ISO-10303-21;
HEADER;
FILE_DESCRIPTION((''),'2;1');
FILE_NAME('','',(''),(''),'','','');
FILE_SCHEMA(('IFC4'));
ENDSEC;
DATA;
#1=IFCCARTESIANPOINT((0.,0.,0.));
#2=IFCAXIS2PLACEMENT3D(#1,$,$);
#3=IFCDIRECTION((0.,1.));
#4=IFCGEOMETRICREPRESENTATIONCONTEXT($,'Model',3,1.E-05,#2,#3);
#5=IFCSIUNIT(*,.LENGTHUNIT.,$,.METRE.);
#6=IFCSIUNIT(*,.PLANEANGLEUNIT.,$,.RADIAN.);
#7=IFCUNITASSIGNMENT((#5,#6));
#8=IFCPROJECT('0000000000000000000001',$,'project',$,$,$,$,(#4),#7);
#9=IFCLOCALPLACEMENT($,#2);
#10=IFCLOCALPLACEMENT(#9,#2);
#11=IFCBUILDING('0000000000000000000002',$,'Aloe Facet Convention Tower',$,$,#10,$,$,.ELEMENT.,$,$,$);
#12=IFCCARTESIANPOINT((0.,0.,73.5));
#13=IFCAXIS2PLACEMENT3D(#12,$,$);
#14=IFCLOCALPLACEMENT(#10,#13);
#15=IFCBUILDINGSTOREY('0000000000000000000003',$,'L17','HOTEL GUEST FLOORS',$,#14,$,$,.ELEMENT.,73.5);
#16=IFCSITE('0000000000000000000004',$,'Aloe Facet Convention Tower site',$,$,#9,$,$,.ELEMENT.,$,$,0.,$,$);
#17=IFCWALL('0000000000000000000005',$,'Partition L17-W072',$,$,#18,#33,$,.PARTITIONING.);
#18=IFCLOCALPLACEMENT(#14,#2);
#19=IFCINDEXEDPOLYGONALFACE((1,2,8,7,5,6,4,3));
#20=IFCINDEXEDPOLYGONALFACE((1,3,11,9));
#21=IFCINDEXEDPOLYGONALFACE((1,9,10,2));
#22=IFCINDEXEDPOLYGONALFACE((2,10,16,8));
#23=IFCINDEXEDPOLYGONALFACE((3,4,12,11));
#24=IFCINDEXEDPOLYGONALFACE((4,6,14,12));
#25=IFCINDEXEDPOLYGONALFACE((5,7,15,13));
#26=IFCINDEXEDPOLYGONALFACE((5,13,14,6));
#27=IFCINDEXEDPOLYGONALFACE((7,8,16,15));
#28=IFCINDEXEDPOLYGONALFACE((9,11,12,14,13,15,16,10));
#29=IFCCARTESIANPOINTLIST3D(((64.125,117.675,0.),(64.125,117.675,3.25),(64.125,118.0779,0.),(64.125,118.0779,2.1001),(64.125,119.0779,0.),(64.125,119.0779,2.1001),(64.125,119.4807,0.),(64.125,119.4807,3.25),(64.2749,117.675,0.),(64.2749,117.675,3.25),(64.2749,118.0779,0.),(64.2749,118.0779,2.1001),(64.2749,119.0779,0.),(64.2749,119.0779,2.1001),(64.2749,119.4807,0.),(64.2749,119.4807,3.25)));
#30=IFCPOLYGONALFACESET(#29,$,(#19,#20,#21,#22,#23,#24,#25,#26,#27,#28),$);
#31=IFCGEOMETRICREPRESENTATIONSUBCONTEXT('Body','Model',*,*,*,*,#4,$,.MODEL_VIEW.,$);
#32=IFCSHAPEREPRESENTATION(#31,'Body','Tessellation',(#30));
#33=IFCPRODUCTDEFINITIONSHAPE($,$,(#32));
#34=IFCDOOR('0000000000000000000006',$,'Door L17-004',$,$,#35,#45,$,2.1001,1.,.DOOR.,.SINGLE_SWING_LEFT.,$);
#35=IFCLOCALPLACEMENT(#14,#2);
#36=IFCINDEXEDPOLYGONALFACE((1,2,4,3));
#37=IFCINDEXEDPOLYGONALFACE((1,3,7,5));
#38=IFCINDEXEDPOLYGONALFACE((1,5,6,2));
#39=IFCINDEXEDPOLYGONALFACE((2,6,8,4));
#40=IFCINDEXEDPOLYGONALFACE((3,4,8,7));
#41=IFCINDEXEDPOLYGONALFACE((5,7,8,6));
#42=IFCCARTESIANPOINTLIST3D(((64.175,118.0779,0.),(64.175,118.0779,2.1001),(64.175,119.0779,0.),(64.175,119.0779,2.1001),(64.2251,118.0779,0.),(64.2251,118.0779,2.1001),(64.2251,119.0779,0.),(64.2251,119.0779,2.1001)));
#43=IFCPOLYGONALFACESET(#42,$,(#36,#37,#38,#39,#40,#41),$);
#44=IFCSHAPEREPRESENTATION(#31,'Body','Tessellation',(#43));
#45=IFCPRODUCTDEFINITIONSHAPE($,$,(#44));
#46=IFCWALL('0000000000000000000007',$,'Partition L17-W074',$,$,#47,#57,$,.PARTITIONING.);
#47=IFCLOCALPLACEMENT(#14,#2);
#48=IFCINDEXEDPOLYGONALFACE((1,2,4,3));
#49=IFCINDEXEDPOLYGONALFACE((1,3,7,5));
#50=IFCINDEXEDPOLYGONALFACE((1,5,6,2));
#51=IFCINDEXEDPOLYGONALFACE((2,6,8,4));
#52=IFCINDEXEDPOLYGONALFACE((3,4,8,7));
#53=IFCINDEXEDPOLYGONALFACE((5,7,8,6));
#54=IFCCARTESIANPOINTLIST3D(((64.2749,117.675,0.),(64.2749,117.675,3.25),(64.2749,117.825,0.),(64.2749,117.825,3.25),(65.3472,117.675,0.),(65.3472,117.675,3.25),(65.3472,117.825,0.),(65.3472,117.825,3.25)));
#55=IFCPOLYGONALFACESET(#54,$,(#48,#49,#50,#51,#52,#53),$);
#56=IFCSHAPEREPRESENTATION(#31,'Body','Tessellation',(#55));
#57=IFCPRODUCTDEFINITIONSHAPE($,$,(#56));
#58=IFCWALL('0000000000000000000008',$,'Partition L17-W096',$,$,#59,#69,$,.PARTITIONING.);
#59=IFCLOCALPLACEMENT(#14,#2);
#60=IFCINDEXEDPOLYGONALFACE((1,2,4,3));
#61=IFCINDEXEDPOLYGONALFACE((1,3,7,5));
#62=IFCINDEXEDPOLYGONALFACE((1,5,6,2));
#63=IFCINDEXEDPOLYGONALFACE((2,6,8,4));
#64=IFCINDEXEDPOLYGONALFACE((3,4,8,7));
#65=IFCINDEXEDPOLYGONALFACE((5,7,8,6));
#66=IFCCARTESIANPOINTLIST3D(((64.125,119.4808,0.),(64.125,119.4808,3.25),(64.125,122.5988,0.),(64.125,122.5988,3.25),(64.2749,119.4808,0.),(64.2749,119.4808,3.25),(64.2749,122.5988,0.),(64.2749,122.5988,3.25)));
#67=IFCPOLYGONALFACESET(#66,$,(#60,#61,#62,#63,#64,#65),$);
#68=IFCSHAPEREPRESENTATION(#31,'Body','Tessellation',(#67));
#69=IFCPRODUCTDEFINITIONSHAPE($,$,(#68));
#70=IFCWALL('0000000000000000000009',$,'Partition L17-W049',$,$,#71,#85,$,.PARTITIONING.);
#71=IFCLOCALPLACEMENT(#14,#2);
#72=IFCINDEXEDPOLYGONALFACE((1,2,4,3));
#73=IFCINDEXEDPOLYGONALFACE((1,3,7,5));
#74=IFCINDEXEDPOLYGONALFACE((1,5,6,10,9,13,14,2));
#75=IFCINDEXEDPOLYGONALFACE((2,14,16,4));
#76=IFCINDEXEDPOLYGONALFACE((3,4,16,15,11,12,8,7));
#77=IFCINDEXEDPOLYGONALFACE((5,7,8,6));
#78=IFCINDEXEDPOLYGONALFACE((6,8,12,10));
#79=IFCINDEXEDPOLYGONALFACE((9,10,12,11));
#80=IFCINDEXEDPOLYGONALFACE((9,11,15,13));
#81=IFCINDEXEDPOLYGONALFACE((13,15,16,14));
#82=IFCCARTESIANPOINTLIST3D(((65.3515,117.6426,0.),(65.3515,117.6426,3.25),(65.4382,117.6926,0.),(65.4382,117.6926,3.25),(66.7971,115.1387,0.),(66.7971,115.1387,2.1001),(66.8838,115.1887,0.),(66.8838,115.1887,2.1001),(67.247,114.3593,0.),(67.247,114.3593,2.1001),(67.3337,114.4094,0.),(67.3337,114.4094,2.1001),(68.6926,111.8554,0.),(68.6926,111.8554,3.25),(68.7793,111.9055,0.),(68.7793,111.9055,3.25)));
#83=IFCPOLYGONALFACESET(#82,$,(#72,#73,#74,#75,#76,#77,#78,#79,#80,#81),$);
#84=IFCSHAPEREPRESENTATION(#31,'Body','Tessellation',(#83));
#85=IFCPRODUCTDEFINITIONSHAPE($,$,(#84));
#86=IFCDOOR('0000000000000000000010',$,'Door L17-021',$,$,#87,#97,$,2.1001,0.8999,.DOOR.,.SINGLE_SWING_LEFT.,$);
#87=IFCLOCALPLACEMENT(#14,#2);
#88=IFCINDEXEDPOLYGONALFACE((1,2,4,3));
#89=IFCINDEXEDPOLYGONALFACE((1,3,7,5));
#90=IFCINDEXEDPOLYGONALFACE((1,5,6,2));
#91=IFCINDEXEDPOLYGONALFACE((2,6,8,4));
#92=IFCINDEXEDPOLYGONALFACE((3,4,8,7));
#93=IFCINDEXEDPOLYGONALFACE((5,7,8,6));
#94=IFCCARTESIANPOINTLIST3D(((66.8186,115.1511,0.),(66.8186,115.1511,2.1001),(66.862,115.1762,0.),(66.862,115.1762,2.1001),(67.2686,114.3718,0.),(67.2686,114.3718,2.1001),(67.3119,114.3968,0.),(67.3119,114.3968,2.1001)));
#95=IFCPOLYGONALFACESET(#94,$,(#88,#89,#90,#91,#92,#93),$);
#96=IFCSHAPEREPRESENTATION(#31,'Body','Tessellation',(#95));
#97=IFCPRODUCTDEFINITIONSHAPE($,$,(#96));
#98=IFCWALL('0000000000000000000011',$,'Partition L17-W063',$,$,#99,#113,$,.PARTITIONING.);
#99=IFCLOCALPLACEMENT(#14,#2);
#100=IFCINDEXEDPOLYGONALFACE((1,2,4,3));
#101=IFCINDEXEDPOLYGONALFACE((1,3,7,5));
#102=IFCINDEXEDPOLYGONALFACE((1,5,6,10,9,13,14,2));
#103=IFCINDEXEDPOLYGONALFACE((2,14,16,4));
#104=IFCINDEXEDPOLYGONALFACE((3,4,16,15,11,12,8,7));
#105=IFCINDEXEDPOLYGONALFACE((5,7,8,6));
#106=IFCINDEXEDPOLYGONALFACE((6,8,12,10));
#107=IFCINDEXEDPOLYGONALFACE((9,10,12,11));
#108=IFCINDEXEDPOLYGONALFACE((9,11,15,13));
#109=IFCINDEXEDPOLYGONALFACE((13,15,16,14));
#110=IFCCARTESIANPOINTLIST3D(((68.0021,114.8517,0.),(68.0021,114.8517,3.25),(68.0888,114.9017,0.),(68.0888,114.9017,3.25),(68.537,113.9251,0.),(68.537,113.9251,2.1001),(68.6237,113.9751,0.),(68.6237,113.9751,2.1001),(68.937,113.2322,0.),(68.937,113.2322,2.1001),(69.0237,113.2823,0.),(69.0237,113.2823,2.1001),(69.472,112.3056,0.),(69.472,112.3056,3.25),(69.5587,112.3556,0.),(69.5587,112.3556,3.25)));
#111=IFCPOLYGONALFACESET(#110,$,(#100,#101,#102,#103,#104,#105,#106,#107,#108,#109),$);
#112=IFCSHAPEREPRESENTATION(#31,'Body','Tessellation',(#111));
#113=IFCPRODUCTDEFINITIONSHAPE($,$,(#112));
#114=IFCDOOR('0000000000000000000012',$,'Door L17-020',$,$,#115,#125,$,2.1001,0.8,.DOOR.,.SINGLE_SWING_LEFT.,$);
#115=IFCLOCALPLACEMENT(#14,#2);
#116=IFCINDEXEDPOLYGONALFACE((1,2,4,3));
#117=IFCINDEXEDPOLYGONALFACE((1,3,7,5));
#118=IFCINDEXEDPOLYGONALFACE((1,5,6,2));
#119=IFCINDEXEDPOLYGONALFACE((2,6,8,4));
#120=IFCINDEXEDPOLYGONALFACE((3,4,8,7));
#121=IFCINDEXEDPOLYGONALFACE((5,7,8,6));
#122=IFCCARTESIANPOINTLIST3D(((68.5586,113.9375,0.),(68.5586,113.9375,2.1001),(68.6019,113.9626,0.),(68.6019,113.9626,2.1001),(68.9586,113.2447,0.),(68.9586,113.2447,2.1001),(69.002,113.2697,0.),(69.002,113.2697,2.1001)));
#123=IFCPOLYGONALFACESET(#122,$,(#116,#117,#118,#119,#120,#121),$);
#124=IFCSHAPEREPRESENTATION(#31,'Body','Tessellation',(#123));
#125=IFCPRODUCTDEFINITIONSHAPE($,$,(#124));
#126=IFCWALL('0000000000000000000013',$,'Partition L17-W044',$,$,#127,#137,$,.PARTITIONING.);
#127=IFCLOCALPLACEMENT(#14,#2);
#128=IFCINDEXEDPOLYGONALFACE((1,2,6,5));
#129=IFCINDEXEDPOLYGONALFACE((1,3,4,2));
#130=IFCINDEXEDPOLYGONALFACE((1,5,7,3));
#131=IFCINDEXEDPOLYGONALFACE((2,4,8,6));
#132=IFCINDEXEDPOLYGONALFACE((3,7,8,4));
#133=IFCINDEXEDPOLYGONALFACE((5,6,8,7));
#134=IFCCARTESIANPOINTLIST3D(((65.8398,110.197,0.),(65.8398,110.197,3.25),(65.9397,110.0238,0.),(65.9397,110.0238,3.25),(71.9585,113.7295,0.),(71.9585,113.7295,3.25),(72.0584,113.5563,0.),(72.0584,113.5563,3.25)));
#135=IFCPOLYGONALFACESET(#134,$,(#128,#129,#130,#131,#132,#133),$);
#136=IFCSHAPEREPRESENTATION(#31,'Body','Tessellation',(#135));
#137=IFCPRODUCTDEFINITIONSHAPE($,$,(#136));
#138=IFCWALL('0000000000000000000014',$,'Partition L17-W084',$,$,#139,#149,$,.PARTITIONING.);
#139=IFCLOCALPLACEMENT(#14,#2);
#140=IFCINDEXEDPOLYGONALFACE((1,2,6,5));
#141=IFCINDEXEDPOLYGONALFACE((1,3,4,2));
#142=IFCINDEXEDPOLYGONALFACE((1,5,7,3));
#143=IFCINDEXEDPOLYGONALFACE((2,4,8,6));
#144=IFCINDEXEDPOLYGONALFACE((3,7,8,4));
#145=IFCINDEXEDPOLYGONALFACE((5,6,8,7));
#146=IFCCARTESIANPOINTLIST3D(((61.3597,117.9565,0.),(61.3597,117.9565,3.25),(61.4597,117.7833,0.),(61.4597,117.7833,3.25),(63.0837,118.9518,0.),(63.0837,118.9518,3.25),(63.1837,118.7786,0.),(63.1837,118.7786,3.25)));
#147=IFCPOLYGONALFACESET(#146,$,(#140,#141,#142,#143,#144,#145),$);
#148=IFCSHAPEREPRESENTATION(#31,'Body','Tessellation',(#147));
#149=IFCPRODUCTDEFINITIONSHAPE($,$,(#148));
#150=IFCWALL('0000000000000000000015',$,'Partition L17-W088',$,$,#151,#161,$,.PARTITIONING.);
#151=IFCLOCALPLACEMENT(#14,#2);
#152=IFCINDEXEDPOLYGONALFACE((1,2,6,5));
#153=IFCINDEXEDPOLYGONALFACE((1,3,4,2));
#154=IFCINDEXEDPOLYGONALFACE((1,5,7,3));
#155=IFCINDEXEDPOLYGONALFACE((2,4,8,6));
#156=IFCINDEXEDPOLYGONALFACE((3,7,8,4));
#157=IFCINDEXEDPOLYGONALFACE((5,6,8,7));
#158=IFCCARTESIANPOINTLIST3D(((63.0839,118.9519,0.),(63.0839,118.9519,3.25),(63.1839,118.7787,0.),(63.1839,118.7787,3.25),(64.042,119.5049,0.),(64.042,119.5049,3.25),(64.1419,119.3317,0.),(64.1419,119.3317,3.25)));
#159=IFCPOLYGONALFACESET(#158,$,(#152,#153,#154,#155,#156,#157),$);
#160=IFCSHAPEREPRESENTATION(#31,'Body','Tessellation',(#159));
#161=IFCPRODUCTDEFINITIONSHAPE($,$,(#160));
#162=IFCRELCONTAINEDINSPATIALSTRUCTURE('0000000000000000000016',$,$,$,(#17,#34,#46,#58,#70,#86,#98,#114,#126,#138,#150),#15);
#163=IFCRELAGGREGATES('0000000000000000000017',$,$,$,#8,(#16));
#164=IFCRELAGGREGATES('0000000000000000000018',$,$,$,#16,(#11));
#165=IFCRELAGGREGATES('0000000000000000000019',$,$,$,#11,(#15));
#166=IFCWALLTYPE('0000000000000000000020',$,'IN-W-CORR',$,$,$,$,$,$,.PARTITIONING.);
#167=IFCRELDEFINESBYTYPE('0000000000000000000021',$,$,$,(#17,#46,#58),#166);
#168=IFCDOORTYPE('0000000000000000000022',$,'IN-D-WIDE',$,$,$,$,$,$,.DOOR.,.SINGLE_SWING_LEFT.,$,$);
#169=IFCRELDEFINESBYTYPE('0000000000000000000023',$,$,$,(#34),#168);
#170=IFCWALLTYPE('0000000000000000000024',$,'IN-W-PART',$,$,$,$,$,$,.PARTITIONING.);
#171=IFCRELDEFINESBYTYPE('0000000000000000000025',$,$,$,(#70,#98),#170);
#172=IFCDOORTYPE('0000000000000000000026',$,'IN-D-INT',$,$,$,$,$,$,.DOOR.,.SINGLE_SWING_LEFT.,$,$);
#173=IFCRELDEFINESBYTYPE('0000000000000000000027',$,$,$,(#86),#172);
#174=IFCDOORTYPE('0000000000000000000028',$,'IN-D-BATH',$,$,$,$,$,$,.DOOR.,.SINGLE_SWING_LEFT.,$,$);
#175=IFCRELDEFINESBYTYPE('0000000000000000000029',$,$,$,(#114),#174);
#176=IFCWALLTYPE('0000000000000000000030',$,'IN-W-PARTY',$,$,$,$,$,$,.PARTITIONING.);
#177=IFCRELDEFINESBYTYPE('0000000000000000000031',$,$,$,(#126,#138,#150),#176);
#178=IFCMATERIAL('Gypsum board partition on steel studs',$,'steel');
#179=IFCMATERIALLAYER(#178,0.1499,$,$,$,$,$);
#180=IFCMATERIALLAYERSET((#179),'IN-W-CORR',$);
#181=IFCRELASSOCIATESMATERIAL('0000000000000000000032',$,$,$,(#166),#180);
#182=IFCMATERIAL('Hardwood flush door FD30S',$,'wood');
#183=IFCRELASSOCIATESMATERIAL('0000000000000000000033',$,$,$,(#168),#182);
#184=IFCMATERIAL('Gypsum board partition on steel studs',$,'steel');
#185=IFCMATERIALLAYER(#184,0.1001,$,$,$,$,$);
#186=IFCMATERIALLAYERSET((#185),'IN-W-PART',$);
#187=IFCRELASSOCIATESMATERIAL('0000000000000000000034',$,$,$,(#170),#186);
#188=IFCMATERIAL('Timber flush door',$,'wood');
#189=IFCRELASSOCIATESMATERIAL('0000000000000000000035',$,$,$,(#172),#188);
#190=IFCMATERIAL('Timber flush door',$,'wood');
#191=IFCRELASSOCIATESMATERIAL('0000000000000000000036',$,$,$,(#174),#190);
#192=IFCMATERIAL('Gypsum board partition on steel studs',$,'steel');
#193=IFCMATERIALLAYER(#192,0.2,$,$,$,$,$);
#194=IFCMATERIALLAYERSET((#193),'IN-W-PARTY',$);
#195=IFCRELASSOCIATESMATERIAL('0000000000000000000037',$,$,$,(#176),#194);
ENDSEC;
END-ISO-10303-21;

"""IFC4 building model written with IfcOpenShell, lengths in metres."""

from ifc_helpers import new_model, si_unit, direction, frame, frame_2d, origin, place, context, subcontext, project, spatial, rectangle, extrude, material, layer, layer_set, type_object, element, fill, save


model = new_model("IFC4")

# Units and contexts
model_context = context("Model", 3, precision=1e-05, world=origin(), true_north=direction((0.0, 1.0)))
body_context = subcontext(model_context, "Body", "Model", "MODEL_VIEW")
ifc_project = project(units=[si_unit("LENGTHUNIT", "METRE"), si_unit("PLANEANGLEUNIT", "RADIAN")], contexts=[model_context])

# Site, building, storey
site_placement = place(None, origin())
site = spatial("IfcSite", under=ifc_project, at=site_placement, Name="Aloe Facet Convention Tower site", CompositionType="ELEMENT", RefElevation=0.0)
building_placement = place(site_placement, origin())
building = spatial("IfcBuilding", under=site, at=building_placement, Name="Aloe Facet Convention Tower", CompositionType="ELEMENT")
storey_placement = place(building_placement, frame((0.0, 0.0, 73.5)))
storey = spatial("IfcBuildingStorey", under=building, at=storey_placement, Name="L17", Description="HOTEL GUEST FLOORS", CompositionType="ELEMENT", Elevation=73.5)

# Wall, opening, door
ifc_material_1 = material(Name="Gypsum board partition on steel studs", Category="steel")
ifc_layer_1 = layer(ifc_material_1, 0.1499)
ifc_layer_set_1 = layer_set([ifc_layer_1], Name="IN-W-CORR")
wall_type_1 = type_object("IfcWallType", Name="IN-W-CORR", PredefinedType="PARTITIONING", material=ifc_layer_set_1)
wall_1_placement = place(storey_placement, frame((64.2, 117.675, 0.0), z_axis=(0.0, 0.0, 1.0), x_axis=(0.0, 1.0, 0.0)))
wall_1 = element("IfcWall", 1, at=wall_1_placement, inside=storey, type_object=wall_type_1, Name="Partition L17-W072", PredefinedType="PARTITIONING", context=body_context, shape_type="SweptSolid", body=[
    extrude(rectangle(XDim=1.8057, YDim=0.1499, at=frame_2d((0.9028, 0.0))), origin(), (0.0, 0.0, 1.0), 3.25),
])
opening_1_placement = place(wall_1_placement, frame((0.4028, 0.0, 0.0)))
opening_1 = element("IfcOpeningElement", 2, at=opening_1_placement, cuts=wall_1, PredefinedType="OPENING", context=body_context, shape_type="SweptSolid", body=[
    extrude(rectangle(XDim=1.0, YDim=2.1001, at=frame_2d((0.5, 1.05))), frame((0.0, 0.085, 0.0), z_axis=(0.0, -1.0, 0.0), x_axis=(1.0, 0.0, 0.0)), (0.0, 0.0, 1.0), 0.1699),
])
ifc_material_2 = material(Name="Hardwood flush door FD30S", Category="wood")
door_type_1 = type_object("IfcDoorType", Name="IN-D-WIDE", OperationType="SINGLE_SWING_LEFT", PredefinedType="DOOR", material=ifc_material_2)
door_1_placement = place(opening_1_placement, origin())
door_1 = element("IfcDoor", 3, at=door_1_placement, inside=storey, type_object=door_type_1, Name="Door L17-004", OperationType="SINGLE_SWING_LEFT", OverallHeight=2.1001, OverallWidth=1.0, PredefinedType="DOOR", context=body_context, shape_type="SweptSolid", body=[
    extrude(rectangle(XDim=1.0, YDim=2.1001, at=frame_2d((0.5, 1.05))), frame((0.0, 0.0249, 0.0), z_axis=(0.0, -1.0, 0.0), x_axis=(1.0, 0.0, 0.0)), (0.0, 0.0, 1.0), 0.05),
])
fill(opening_1, door_1)

# Walls
wall_2_placement = place(storey_placement, frame((64.2749, 117.75, 0.0), z_axis=(0.0, 0.0, 1.0), x_axis=(1.0, 0.0, 0.0)))
element("IfcWall", 4, at=wall_2_placement, inside=storey, type_object=wall_type_1, Name="Partition L17-W074", PredefinedType="PARTITIONING", context=body_context, shape_type="SweptSolid", body=[
    extrude(rectangle(XDim=1.0723, YDim=0.1499, at=frame_2d((0.5361, 0.0))), origin(), (0.0, 0.0, 1.0), 3.25),
])
wall_3_placement = place(storey_placement, frame((64.2, 119.4807, 0.0), z_axis=(0.0, 0.0, 1.0), x_axis=(0.0, 1.0, 0.0)))
element("IfcWall", 5, at=wall_3_placement, inside=storey, type_object=wall_type_1, Name="Partition L17-W096", PredefinedType="PARTITIONING", context=body_context, shape_type="SweptSolid", body=[
    extrude(rectangle(XDim=3.1179, YDim=0.1499, at=frame_2d((1.5591, 0.0))), origin(), (0.0, 0.0, 1.0), 3.25),
])

# Walls, openings, doors
ifc_material_3 = material(Name="Gypsum board partition on steel studs", Category="steel")
ifc_layer_2 = layer(ifc_material_3, 0.1001)
ifc_layer_set_2 = layer_set([ifc_layer_2], Name="IN-W-PART")
wall_type_2 = type_object("IfcWallType", Name="IN-W-PART", PredefinedType="PARTITIONING", material=ifc_layer_set_2)
wall_4_placement = place(storey_placement, frame((65.3948, 117.6677, 0.0), z_axis=(0.0, 0.0, 1.0), x_axis=(0.499986, -0.866033, 0.0)))
wall_4 = element("IfcWall", 6, at=wall_4_placement, inside=storey, type_object=wall_type_2, Name="Partition L17-W049", PredefinedType="PARTITIONING", context=body_context, shape_type="SweptSolid", body=[
    extrude(rectangle(XDim=6.6824, YDim=0.1001, at=frame_2d((3.3413, 0.0))), origin(), (0.0, 0.0, 1.0), 3.25),
])
opening_2_placement = place(wall_4_placement, frame((2.8914, 0.0, 0.0)))
opening_2 = element("IfcOpeningElement", 7, at=opening_2_placement, cuts=wall_4, PredefinedType="OPENING", context=body_context, shape_type="SweptSolid", body=[
    extrude(rectangle(XDim=0.8999, YDim=2.1001, at=frame_2d((0.45, 1.05))), frame((0.0, 0.0601, 0.0), z_axis=(0.0, -1.0, 0.0), x_axis=(1.0, 0.0, 0.0)), (0.0, 0.0, 1.0), 0.1201),
])
ifc_material_4 = material(Name="Timber flush door", Category="wood")
door_type_2 = type_object("IfcDoorType", Name="IN-D-INT", OperationType="SINGLE_SWING_LEFT", PredefinedType="DOOR", material=ifc_material_4)
door_2_placement = place(opening_2_placement, origin())
door_2 = element("IfcDoor", 8, at=door_2_placement, inside=storey, type_object=door_type_2, Name="Door L17-021", OperationType="SINGLE_SWING_LEFT", OverallHeight=2.1001, OverallWidth=0.8999, PredefinedType="DOOR", context=body_context, shape_type="SweptSolid", body=[
    extrude(rectangle(XDim=0.8999, YDim=2.1001, at=frame_2d((0.45, 1.05))), frame((0.0, 0.0249, 0.0), z_axis=(0.0, -1.0, 0.0), x_axis=(1.0, 0.0, 0.0)), (0.0, 0.0, 1.0), 0.05),
])
fill(opening_2, door_2)
wall_5_placement = place(storey_placement, frame((68.0454, 114.8767, 0.0), z_axis=(0.0, 0.0, 1.0), x_axis=(0.499988, -0.866032, 0.0)))
wall_5 = element("IfcWall", 9, at=wall_5_placement, inside=storey, type_object=wall_type_2, Name="Partition L17-W063", PredefinedType="PARTITIONING", context=body_context, shape_type="SweptSolid", body=[
    extrude(rectangle(XDim=2.9399, YDim=0.1001, at=frame_2d((1.47, 0.0))), origin(), (0.0, 0.0, 1.0), 3.25),
])
opening_3_placement = place(wall_5_placement, frame((1.0701, 0.0, 0.0)))
opening_3 = element("IfcOpeningElement", 10, at=opening_3_placement, cuts=wall_5, PredefinedType="OPENING", context=body_context, shape_type="SweptSolid", body=[
    extrude(rectangle(XDim=0.8, YDim=2.1001, at=frame_2d((0.3999, 1.05))), frame((0.0, 0.0601, 0.0), z_axis=(0.0, -1.0, 0.0), x_axis=(1.0, 0.0, 0.0)), (0.0, 0.0, 1.0), 0.1201),
])
ifc_material_5 = material(Name="Timber flush door", Category="wood")
door_type_3 = type_object("IfcDoorType", Name="IN-D-BATH", OperationType="SINGLE_SWING_LEFT", PredefinedType="DOOR", material=ifc_material_5)
door_3_placement = place(opening_3_placement, origin())
door_3 = element("IfcDoor", 11, at=door_3_placement, inside=storey, type_object=door_type_3, Name="Door L17-020", OperationType="SINGLE_SWING_LEFT", OverallHeight=2.1001, OverallWidth=0.8, PredefinedType="DOOR", context=body_context, shape_type="SweptSolid", body=[
    extrude(rectangle(XDim=0.8, YDim=2.1001, at=frame_2d((0.3999, 1.05))), frame((0.0, 0.0249, 0.0), z_axis=(0.0, -1.0, 0.0), x_axis=(1.0, 0.0, 0.0)), (0.0, 0.0, 1.0), 0.05),
])
fill(opening_3, door_3)

# Walls
ifc_material_6 = material(Name="Gypsum board partition on steel studs", Category="steel")
ifc_layer_3 = layer(ifc_material_6, 0.2)
ifc_layer_set_3 = layer_set([ifc_layer_3], Name="IN-W-PARTY")
wall_type_3 = type_object("IfcWallType", Name="IN-W-PARTY", PredefinedType="PARTITIONING", material=ifc_layer_set_3)
wall_6_placement = place(storey_placement, frame((65.8896, 110.1104, 0.0), z_axis=(0.0, 0.0, 1.0), x_axis=(0.866034, 0.499986, 0.0)))
element("IfcWall", 12, at=wall_6_placement, inside=storey, type_object=wall_type_3, Name="Partition L17-W044", PredefinedType="PARTITIONING", context=body_context, shape_type="SweptSolid", body=[
    extrude(rectangle(XDim=7.0652, YDim=0.2, at=frame_2d((3.5327, 0.0))), origin(), (0.0, 0.0, 1.0), 3.25),
])
wall_7_placement = place(storey_placement, frame((61.4097, 117.8699, 0.0), z_axis=(0.0, 0.0, 1.0), x_axis=(0.866039, 0.499977, 0.0)))
element("IfcWall", 13, at=wall_7_placement, inside=storey, type_object=wall_type_3, Name="Partition L17-W084", PredefinedType="PARTITIONING", context=body_context, shape_type="SweptSolid", body=[
    extrude(rectangle(XDim=1.9907, YDim=0.2, at=frame_2d((0.9954, 0.0))), origin(), (0.0, 0.0, 1.0), 3.25),
])
wall_8_placement = place(storey_placement, frame((63.1338, 118.8652, 0.0), z_axis=(0.0, 0.0, 1.0), x_axis=(0.866075, 0.499914, 0.0)))
element("IfcWall", 14, at=wall_8_placement, inside=storey, type_object=wall_type_3, Name="Partition L17-W088", PredefinedType="PARTITIONING", context=body_context, shape_type="SweptSolid", body=[
    extrude(rectangle(XDim=1.1062, YDim=0.2, at=frame_2d((0.5532, 0.0))), origin(), (0.0, 0.0, 1.0), 3.25),
])

save(model, "model.ifc")
